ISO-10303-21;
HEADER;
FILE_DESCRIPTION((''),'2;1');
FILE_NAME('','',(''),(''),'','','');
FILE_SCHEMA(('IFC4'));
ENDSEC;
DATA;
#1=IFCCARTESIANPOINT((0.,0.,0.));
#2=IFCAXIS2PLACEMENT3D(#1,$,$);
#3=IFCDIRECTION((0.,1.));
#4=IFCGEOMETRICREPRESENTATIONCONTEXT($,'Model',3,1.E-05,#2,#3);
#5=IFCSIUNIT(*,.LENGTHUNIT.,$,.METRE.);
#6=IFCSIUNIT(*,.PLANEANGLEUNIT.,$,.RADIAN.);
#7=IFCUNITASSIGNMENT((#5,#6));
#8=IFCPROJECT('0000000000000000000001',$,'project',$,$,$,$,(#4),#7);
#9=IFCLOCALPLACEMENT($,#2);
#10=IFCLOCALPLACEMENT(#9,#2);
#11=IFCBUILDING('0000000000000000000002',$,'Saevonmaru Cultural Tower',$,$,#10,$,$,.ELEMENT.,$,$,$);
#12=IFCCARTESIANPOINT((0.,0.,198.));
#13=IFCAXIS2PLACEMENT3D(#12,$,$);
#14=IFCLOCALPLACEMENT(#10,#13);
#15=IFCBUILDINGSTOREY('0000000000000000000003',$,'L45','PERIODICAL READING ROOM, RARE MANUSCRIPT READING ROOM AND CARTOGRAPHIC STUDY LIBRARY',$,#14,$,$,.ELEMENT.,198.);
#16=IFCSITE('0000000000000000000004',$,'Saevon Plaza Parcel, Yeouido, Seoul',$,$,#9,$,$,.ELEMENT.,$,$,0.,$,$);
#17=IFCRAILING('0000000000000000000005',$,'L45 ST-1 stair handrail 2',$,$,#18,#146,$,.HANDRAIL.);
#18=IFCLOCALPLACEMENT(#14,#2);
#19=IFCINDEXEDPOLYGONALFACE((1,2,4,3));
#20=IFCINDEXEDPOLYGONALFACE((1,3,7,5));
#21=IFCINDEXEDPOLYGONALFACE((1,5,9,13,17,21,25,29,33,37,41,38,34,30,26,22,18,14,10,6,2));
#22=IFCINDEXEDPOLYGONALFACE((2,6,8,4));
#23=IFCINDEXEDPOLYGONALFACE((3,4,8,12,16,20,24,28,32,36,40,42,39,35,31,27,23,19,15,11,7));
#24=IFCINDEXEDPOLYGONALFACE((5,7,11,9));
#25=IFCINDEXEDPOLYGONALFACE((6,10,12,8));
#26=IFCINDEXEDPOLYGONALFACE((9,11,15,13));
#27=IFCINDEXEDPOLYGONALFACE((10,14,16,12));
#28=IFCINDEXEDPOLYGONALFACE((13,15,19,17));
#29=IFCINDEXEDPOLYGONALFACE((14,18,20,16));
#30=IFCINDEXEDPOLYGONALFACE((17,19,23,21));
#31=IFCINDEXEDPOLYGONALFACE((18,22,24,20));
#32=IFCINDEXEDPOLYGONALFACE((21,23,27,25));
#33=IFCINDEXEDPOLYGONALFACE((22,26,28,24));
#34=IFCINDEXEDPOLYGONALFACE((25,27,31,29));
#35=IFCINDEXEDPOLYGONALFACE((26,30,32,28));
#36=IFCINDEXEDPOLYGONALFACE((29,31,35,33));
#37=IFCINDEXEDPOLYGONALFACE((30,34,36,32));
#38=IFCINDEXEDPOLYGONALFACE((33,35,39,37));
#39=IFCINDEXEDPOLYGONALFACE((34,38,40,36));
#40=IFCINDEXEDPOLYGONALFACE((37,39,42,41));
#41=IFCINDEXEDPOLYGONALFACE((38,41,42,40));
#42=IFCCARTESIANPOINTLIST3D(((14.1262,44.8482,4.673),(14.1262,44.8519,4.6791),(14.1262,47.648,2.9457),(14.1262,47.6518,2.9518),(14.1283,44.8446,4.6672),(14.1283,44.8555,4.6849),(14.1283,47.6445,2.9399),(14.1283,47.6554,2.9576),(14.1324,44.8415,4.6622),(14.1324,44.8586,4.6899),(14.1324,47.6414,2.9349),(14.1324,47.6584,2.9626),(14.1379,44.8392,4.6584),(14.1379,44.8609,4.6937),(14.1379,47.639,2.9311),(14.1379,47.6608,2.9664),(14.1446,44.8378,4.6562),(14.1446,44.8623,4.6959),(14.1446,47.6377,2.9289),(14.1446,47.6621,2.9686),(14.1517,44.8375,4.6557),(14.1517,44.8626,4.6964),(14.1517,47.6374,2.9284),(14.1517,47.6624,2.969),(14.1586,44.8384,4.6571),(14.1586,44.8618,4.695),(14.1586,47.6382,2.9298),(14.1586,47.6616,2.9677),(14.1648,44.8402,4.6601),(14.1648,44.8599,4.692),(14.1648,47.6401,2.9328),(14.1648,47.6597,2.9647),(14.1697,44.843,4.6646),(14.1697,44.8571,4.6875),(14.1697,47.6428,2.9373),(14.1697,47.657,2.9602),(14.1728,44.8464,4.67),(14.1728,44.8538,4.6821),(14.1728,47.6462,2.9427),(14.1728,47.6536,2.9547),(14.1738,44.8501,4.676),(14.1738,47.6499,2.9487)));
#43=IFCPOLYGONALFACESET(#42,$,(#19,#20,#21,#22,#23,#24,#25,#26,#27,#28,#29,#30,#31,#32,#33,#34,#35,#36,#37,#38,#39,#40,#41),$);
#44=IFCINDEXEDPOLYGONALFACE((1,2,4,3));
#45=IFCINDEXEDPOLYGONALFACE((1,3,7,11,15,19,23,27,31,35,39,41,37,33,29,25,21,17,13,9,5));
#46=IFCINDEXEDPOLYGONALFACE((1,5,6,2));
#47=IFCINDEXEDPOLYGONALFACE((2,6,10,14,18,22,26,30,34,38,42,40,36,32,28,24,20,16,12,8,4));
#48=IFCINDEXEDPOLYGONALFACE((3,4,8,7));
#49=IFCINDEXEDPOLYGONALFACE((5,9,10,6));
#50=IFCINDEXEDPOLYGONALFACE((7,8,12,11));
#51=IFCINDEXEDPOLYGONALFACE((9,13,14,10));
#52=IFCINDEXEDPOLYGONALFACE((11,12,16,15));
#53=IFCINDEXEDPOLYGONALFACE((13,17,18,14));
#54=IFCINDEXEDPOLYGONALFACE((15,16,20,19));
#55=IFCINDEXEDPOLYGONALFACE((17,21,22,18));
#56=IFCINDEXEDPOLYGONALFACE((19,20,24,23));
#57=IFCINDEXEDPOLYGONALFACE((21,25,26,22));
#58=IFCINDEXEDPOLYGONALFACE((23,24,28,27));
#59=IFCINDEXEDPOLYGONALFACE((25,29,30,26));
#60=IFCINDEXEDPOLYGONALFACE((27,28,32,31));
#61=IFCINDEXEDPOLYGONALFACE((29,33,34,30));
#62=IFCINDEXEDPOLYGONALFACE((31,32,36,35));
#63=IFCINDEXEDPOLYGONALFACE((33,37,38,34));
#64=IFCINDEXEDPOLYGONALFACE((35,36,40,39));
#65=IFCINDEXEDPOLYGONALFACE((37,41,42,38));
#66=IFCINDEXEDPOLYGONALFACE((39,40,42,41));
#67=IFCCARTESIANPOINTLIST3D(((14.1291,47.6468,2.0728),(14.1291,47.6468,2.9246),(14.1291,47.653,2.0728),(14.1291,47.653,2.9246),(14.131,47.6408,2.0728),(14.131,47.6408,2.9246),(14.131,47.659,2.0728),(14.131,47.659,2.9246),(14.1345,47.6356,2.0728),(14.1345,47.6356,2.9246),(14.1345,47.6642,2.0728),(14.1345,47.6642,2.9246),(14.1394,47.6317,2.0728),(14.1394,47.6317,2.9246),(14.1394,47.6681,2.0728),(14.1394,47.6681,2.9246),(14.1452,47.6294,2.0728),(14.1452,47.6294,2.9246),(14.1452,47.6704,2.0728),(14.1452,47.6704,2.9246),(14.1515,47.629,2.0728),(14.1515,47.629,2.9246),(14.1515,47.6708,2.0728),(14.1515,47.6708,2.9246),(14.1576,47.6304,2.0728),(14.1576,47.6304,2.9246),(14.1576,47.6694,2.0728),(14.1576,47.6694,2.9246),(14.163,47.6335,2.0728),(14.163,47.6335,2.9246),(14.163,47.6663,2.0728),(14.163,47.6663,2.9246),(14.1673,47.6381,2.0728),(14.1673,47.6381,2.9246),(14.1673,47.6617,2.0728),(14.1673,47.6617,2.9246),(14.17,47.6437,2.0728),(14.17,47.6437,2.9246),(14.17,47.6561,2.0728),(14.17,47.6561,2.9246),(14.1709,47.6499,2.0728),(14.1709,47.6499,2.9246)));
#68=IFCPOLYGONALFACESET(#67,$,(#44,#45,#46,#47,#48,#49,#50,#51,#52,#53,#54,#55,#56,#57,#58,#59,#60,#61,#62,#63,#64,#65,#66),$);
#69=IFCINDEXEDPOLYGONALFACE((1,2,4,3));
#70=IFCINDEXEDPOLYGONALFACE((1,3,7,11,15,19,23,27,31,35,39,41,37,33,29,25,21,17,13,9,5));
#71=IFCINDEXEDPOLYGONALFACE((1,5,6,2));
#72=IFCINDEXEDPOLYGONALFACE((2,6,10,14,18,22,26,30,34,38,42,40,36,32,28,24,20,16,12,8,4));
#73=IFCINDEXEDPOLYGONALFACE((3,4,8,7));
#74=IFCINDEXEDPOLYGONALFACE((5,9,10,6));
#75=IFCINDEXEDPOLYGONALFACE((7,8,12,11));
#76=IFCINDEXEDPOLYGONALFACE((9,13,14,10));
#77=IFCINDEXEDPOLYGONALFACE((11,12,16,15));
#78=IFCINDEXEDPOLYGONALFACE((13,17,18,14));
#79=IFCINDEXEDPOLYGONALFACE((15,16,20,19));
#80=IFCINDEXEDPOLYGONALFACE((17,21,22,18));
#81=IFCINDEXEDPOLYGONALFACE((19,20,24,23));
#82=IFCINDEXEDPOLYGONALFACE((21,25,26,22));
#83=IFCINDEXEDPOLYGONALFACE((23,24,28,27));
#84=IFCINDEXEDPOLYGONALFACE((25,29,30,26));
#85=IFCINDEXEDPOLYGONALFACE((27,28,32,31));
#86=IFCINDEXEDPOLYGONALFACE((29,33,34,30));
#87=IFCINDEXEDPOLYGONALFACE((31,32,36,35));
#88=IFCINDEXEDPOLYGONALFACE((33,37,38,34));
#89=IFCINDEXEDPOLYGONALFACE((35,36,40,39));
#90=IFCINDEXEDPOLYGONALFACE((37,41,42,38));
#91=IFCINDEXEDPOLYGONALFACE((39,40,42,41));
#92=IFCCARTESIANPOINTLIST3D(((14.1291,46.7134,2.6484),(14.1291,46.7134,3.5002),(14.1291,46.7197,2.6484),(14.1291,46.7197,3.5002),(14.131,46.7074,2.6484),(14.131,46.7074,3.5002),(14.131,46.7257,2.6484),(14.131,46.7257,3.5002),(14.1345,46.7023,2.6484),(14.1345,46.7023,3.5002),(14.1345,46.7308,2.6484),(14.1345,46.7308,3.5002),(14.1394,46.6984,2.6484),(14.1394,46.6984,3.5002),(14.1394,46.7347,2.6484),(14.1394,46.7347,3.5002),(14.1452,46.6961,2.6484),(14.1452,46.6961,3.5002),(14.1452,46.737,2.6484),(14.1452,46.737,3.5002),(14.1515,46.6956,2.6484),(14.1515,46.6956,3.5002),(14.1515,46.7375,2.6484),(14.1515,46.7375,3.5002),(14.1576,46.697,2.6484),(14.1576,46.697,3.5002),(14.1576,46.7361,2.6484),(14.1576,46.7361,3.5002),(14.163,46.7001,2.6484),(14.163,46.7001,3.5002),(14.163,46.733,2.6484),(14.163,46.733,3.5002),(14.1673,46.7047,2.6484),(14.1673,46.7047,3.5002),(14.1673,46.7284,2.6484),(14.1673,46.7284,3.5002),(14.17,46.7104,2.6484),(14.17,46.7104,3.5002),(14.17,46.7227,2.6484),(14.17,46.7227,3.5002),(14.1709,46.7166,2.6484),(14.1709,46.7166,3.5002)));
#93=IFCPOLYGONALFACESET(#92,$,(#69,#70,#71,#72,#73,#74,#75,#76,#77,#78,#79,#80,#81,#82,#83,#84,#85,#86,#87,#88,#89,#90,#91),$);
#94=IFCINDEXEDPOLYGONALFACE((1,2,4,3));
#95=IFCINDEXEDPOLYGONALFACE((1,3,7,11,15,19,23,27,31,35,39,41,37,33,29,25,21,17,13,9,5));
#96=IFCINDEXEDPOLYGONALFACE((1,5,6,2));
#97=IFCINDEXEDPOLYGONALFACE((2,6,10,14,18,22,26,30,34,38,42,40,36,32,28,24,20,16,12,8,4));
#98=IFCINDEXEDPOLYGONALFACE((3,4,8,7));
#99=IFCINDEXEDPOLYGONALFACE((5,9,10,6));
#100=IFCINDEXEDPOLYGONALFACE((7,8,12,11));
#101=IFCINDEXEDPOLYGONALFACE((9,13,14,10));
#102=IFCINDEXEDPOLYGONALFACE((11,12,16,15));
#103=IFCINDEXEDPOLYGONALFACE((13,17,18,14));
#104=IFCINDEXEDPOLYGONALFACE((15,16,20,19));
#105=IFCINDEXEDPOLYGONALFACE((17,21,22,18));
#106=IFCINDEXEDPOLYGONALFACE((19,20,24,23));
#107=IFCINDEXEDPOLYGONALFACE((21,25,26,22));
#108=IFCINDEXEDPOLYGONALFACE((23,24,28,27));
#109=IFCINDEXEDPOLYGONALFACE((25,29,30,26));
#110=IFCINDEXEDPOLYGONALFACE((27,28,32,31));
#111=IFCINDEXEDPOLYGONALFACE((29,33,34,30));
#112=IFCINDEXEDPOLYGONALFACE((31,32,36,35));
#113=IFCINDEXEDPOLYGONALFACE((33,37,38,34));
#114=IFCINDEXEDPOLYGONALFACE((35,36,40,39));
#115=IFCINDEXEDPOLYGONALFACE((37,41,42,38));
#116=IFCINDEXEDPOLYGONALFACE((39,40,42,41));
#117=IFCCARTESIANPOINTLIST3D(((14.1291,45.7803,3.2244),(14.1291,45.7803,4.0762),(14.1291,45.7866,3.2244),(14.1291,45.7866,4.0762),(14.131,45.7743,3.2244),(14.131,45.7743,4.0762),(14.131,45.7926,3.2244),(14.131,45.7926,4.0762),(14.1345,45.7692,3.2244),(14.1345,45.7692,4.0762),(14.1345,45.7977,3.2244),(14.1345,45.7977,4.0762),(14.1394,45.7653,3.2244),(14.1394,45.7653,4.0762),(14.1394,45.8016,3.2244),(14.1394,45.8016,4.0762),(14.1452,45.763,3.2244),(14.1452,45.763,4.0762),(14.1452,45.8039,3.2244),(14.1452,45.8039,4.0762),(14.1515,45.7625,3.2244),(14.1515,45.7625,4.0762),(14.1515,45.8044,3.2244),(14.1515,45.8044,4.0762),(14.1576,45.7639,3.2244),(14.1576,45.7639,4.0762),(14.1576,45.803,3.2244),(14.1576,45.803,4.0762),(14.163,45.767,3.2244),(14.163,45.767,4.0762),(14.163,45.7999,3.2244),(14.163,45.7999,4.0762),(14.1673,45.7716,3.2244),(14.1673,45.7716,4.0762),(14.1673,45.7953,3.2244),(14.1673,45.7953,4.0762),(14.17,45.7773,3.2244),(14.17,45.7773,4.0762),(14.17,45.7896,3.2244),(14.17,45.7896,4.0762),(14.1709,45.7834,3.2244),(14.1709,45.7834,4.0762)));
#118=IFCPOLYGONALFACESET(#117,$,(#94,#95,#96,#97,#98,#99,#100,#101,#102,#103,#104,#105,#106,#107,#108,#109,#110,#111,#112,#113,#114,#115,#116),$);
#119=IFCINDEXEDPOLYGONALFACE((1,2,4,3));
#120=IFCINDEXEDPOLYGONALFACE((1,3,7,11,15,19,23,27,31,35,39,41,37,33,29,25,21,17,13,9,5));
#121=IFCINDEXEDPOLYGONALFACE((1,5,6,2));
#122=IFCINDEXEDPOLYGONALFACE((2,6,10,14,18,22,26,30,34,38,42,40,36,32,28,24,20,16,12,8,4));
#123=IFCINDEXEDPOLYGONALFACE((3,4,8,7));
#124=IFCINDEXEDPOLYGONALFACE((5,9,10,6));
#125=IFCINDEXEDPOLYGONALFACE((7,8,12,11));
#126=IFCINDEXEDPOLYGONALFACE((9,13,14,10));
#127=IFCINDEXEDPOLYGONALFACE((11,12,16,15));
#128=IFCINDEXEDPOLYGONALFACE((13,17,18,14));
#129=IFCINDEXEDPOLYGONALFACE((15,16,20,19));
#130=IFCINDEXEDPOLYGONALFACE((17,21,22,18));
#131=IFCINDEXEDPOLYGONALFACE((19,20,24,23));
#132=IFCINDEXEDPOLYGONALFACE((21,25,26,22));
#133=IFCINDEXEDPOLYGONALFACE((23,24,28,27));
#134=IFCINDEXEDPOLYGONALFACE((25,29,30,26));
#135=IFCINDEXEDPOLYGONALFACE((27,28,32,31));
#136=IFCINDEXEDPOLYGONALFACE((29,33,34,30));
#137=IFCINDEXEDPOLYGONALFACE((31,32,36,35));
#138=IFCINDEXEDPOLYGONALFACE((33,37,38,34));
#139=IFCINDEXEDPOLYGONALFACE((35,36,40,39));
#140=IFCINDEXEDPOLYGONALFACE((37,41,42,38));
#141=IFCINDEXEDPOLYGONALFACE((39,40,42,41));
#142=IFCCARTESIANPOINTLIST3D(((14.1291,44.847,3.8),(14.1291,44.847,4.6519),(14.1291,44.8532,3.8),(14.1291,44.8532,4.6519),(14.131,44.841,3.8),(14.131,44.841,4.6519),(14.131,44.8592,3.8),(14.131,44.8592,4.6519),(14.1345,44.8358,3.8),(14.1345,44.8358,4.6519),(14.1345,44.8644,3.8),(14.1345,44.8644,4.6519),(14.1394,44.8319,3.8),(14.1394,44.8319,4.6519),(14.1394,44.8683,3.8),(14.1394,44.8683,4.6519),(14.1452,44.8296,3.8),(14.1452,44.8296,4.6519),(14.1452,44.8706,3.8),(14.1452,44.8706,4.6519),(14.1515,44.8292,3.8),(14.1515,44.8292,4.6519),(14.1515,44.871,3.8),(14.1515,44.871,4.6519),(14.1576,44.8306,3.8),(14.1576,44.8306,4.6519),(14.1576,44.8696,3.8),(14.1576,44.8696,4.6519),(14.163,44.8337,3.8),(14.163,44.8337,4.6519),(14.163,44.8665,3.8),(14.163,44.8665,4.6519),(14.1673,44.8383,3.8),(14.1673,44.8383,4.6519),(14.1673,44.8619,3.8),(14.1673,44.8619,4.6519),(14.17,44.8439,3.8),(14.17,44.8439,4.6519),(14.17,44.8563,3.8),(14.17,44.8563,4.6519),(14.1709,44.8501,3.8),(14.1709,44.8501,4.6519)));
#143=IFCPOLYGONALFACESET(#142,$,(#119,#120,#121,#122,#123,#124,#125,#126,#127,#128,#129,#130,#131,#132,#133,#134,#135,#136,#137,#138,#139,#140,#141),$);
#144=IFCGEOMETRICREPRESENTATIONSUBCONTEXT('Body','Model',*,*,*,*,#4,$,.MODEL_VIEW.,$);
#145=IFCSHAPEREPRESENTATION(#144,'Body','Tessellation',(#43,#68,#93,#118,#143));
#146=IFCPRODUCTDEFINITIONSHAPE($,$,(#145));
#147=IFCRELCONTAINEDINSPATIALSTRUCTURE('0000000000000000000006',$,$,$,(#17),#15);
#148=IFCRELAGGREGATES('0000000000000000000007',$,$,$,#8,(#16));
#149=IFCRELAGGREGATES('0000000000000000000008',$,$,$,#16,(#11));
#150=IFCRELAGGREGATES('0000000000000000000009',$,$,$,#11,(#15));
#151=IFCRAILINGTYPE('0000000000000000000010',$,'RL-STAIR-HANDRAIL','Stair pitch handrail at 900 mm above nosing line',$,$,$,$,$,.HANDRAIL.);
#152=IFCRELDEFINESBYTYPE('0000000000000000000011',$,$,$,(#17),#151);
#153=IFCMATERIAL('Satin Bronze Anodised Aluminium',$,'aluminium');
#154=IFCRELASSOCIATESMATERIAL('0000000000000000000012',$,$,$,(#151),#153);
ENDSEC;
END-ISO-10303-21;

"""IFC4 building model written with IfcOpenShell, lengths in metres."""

from ifc_helpers import new_model, si_unit, direction, frame, origin, origin_2d, place, context, subcontext, project, spatial, circle, extrude, material, type_object, element, save


model = new_model("IFC4")

# Units and contexts
model_context = context("Model", 3, precision=1e-05, world=origin(), true_north=direction((0.0, 1.0)))
body_context = subcontext(model_context, "Body", "Model", "MODEL_VIEW")
ifc_project = project(units=[si_unit("LENGTHUNIT", "METRE"), si_unit("PLANEANGLEUNIT", "RADIAN")], contexts=[model_context])

# Site, building, storey
site_placement = place(None, origin())
site = spatial("IfcSite", under=ifc_project, at=site_placement, Name="Saevon Plaza Parcel, Yeouido, Seoul", CompositionType="ELEMENT", RefElevation=0.0)
building_placement = place(site_placement, origin())
building = spatial("IfcBuilding", under=site, at=building_placement, Name="Saevonmaru Cultural Tower", CompositionType="ELEMENT")
storey_placement = place(building_placement, frame((0.0, 0.0, 198.0)))
storey = spatial("IfcBuildingStorey", under=building, at=storey_placement, Name="L45", Description="PERIODICAL READING ROOM, RARE MANUSCRIPT READING ROOM AND CARTOGRAPHIC STUDY LIBRARY", CompositionType="ELEMENT", Elevation=198.0)

# Shared definitions
ifc_material_1 = material(Name="Satin Bronze Anodised Aluminium", Category="aluminium")

# Railing
railing_type_1 = type_object("IfcRailingType", Name="RL-STAIR-HANDRAIL", Description="Stair pitch handrail at 900 mm above nosing line", PredefinedType="HANDRAIL", material=ifc_material_1)
railing_1_placement = place(storey_placement, frame((14.1499, 47.6499, 2.0728)))
element("IfcRailing", 1, at=railing_1_placement, inside=storey, type_object=railing_type_1, Name="L45 ST-1 stair handrail 2", PredefinedType="HANDRAIL", context=body_context, shape_type="SweptSolid", body=[
    extrude(circle(Radius=0.0239, at=origin_2d()), frame((0.0, 0.0, 0.876), z_axis=(0.0, -0.851069, 0.525054), x_axis=(1.0, 0.0, 0.0)), (0.0, 0.0, 1.0), 3.2898),
    extrude(circle(Radius=0.021, at=origin_2d()), origin(), (0.0, 0.0, 1.0), 0.8518),
    extrude(circle(Radius=0.021, at=origin_2d()), frame((0.0, -0.9333, 0.5757)), (0.0, 0.0, 1.0), 0.8518),
    extrude(circle(Radius=0.021, at=origin_2d()), frame((0.0, -1.8665, 1.1516)), (0.0, 0.0, 1.0), 0.8518),
    extrude(circle(Radius=0.021, at=origin_2d()), frame((0.0, -2.7998, 1.7273)), (0.0, 0.0, 1.0), 0.8518),
])

save(model, "model.ifc")
